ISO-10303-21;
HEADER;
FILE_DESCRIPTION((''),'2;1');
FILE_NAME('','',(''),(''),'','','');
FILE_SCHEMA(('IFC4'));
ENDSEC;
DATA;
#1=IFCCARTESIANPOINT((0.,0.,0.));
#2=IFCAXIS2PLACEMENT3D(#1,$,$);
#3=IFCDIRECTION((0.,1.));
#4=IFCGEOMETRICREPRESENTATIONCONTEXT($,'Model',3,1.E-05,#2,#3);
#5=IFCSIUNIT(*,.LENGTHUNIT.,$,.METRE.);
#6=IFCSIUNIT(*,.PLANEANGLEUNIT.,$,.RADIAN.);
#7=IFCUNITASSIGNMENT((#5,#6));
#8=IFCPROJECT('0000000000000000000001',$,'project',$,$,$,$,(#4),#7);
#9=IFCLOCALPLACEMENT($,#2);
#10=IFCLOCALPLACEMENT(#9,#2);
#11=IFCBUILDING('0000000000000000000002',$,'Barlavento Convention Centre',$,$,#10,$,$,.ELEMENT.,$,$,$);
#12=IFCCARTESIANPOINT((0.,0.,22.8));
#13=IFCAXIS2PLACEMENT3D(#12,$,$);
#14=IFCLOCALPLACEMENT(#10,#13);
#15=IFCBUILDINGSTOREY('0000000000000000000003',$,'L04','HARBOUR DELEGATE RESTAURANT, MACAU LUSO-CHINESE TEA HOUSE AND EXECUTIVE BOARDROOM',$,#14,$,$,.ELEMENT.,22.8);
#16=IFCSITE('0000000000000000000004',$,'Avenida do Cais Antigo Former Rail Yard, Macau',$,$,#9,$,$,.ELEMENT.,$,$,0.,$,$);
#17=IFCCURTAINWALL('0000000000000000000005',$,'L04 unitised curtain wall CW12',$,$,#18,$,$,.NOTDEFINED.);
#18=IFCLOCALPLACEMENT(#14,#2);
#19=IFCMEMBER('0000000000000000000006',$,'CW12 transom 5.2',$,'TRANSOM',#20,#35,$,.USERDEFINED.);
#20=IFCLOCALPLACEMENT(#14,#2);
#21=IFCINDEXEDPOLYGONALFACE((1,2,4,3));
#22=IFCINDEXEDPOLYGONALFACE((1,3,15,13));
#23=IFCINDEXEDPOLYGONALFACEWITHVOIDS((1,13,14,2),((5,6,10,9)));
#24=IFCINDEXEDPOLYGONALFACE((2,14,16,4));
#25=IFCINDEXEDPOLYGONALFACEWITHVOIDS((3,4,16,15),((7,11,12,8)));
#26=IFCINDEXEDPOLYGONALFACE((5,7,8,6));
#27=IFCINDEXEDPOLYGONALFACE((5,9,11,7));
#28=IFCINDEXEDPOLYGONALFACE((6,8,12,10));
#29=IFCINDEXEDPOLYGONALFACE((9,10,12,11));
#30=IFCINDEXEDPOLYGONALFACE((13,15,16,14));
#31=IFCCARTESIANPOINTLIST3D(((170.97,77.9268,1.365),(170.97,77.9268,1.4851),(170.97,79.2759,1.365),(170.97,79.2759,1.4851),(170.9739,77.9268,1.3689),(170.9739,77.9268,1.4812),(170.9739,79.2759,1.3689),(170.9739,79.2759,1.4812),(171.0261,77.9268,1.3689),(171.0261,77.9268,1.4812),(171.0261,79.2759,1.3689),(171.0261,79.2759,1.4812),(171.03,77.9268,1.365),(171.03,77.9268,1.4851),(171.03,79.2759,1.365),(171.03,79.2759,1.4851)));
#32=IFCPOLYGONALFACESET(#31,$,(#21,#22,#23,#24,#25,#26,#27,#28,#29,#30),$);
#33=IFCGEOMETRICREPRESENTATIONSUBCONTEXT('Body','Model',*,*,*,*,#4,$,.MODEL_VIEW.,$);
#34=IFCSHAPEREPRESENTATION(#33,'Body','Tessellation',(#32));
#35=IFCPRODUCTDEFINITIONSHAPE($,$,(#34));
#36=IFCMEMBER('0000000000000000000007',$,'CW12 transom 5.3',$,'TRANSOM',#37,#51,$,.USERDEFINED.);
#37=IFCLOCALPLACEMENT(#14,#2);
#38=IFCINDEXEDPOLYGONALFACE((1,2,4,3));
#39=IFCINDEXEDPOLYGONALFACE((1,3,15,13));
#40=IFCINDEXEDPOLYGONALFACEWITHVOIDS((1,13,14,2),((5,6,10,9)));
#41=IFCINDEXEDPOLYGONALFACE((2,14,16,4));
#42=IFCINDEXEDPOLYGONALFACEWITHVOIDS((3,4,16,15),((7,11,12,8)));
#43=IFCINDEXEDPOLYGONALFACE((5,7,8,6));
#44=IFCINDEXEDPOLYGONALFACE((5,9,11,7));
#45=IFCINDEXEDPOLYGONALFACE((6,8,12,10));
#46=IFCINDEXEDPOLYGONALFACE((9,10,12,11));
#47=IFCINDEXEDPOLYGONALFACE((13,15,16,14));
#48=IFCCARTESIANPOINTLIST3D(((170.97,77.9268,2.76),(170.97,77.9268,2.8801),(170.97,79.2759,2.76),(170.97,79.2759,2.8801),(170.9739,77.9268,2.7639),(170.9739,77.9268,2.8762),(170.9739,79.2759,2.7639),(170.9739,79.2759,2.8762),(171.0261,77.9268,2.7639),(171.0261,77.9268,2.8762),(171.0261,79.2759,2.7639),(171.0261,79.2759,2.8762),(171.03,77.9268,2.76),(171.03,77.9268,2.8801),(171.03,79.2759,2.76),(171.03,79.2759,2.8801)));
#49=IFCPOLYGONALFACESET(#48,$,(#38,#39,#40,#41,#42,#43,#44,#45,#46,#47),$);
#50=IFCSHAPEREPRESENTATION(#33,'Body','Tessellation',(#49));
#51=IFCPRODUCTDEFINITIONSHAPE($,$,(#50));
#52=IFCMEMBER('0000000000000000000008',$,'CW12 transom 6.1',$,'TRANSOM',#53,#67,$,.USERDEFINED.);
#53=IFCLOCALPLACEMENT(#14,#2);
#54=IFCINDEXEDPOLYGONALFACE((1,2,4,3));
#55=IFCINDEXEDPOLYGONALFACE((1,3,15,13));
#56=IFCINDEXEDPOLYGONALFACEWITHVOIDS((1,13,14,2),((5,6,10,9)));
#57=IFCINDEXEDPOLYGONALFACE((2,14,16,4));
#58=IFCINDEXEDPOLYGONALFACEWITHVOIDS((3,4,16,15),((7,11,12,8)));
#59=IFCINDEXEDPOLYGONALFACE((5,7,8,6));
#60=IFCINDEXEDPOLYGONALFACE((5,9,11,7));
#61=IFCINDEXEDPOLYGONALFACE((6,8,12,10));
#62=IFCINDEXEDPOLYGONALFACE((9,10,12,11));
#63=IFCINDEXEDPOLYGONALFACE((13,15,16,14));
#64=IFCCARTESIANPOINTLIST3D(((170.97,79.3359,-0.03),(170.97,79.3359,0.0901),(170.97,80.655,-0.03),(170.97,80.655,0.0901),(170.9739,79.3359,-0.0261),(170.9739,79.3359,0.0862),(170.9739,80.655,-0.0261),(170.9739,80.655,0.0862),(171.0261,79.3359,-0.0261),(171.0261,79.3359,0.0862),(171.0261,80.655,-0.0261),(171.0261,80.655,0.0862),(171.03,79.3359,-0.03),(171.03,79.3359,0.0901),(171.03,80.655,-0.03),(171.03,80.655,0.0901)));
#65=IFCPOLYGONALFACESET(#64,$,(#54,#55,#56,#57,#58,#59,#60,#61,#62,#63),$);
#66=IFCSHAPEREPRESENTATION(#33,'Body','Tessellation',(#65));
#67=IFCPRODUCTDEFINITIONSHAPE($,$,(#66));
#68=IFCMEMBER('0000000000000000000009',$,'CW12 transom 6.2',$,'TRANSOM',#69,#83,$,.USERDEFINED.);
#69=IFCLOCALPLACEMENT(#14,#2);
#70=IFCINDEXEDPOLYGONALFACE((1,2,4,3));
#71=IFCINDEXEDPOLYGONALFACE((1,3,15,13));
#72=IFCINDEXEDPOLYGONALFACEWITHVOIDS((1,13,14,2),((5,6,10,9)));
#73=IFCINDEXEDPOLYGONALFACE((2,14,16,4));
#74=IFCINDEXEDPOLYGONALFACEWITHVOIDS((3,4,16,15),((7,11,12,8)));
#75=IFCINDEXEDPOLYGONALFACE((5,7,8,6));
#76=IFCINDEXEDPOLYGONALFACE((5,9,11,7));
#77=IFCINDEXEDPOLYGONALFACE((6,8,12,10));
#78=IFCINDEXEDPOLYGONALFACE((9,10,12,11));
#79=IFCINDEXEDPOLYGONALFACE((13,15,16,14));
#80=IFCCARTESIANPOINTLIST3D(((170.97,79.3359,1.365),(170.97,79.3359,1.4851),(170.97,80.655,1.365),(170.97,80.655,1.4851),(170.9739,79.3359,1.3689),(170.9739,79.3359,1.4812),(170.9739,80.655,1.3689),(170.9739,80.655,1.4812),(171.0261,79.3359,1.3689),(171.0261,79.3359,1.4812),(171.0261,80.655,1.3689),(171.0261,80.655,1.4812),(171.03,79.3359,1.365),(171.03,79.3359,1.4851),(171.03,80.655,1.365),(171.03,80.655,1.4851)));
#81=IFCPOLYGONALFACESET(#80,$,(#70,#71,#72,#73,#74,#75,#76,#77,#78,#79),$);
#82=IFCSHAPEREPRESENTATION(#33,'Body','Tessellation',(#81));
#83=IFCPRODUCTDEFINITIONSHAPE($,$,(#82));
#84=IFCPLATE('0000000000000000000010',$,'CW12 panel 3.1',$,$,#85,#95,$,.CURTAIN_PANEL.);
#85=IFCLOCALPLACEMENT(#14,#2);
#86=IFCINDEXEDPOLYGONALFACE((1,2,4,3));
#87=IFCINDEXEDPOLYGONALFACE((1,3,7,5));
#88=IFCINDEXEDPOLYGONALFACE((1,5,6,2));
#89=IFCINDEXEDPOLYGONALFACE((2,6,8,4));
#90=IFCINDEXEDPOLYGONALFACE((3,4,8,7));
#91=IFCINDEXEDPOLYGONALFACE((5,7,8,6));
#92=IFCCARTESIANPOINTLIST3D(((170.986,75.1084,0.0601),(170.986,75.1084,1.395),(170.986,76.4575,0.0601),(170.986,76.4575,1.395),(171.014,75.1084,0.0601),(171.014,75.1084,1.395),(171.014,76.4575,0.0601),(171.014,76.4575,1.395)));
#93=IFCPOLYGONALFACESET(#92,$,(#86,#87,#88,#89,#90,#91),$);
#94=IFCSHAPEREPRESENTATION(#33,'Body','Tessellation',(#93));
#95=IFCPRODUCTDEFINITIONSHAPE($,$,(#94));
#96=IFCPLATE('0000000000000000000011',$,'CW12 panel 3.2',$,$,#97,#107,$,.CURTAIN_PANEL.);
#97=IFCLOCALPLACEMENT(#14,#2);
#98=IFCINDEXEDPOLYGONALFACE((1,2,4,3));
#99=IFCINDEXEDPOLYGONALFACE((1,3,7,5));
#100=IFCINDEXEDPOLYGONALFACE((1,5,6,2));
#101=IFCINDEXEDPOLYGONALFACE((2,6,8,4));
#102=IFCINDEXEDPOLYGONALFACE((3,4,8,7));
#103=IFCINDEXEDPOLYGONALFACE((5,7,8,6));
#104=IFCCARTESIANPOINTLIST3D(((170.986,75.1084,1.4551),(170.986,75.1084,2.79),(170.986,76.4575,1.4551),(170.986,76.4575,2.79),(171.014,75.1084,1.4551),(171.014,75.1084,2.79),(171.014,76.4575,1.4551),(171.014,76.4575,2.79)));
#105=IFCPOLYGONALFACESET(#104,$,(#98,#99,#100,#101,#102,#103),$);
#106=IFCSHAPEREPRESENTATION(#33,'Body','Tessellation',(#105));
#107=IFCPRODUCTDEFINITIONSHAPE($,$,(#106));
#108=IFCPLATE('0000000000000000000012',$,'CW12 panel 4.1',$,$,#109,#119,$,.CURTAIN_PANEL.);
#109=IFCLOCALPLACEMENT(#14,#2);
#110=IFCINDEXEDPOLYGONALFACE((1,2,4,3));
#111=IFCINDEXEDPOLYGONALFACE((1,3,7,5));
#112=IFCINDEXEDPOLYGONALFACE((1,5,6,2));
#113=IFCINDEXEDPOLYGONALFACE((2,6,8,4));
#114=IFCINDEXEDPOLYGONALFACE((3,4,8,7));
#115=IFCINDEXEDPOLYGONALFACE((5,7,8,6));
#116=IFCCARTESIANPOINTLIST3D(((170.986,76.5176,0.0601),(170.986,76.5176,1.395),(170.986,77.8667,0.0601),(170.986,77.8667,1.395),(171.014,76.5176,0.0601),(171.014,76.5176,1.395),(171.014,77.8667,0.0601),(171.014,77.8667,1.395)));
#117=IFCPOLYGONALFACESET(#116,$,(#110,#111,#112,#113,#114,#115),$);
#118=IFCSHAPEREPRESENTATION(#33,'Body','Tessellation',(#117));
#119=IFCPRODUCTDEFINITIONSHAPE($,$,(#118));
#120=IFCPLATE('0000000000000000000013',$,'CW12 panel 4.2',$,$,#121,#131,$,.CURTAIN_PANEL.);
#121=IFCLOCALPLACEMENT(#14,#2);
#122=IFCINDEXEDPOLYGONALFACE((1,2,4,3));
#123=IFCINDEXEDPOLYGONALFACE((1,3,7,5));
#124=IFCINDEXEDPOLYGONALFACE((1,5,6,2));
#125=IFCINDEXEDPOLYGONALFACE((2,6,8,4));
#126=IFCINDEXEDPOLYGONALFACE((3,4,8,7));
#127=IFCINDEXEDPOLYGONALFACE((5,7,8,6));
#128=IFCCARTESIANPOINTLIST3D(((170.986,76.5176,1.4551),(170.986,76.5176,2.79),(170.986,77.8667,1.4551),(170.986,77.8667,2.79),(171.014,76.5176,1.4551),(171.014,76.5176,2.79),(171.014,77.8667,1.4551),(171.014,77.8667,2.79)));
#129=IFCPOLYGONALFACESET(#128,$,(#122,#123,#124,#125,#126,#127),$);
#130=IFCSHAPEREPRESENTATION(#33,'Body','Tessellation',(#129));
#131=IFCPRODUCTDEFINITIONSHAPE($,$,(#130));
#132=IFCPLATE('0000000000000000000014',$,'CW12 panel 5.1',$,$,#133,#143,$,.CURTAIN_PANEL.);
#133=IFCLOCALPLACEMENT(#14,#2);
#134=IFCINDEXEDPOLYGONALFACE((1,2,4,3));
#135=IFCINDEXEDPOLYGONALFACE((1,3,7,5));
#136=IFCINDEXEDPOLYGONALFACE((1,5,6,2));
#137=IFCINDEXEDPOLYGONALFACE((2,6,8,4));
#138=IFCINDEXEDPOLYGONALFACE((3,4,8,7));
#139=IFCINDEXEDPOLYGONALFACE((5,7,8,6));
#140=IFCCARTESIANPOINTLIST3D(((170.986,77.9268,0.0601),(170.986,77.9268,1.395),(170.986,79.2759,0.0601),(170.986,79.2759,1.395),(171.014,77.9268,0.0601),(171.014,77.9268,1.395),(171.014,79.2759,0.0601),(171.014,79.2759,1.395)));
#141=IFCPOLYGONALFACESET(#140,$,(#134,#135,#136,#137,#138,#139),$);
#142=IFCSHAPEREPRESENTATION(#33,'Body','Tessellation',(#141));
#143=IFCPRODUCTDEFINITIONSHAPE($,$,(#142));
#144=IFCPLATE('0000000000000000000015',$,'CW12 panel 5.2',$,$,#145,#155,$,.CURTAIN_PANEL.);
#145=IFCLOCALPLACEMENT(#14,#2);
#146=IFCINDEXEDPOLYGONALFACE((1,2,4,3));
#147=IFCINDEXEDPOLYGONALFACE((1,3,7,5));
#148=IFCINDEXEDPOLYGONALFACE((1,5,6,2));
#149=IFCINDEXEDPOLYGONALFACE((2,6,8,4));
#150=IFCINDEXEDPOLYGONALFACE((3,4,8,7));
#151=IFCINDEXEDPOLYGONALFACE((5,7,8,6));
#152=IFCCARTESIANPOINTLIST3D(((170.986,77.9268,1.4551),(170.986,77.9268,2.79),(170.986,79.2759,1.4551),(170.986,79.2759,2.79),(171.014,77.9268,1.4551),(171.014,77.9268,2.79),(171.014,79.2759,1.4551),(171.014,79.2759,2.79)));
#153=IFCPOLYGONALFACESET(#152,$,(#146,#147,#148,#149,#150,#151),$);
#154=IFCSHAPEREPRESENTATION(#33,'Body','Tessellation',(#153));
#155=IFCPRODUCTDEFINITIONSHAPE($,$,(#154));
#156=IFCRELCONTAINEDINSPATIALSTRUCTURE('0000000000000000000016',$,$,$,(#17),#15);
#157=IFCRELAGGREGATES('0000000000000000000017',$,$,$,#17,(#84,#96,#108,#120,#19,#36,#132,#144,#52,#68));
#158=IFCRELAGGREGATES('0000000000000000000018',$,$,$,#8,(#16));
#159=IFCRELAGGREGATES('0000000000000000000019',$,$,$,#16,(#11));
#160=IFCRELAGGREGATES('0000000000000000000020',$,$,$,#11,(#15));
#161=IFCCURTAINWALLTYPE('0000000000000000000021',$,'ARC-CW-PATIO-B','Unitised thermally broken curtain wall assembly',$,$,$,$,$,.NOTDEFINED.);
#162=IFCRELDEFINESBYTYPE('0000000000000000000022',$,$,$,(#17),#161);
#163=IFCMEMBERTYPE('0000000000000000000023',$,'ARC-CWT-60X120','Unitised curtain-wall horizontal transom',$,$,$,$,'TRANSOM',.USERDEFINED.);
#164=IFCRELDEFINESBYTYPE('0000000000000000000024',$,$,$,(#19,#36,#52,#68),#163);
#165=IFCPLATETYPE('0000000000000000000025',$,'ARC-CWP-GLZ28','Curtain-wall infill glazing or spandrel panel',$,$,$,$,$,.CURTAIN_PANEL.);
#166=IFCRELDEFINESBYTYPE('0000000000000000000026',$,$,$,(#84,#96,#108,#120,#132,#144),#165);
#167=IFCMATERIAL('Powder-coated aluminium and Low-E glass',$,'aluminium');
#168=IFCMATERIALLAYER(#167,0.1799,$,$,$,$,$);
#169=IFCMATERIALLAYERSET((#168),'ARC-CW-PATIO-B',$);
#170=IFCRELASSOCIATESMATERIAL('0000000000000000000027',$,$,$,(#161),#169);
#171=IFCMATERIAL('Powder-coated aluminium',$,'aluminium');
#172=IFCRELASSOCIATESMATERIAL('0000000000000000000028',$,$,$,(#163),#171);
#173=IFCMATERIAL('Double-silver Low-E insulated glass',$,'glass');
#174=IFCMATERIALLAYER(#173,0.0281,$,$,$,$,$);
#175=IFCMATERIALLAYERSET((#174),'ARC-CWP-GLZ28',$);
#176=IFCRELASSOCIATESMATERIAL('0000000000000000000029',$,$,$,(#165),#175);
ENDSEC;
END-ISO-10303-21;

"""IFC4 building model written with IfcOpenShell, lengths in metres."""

from ifc_helpers import new_model, si_unit, direction, frame, origin, origin_2d, place, context, subcontext, project, spatial, rectangle, hollow_rectangle, extrude, material, layer, layer_set, material_profile, profile_set, type_object, element, aggregate, save


model = new_model("IFC4")

# Units and contexts
model_context = context("Model", 3, precision=1e-05, world=origin(), true_north=direction((0.0, 1.0)))
body_context = subcontext(model_context, "Body", "Model", "MODEL_VIEW")
ifc_project = project(units=[si_unit("LENGTHUNIT", "METRE"), si_unit("PLANEANGLEUNIT", "RADIAN")], contexts=[model_context])

# Site, building, storey
site_placement = place(None, origin())
site = spatial("IfcSite", under=ifc_project, at=site_placement, Name="Avenida do Cais Antigo Former Rail Yard, Macau", CompositionType="ELEMENT", RefElevation=0.0)
building_placement = place(site_placement, origin())
building = spatial("IfcBuilding", under=site, at=building_placement, Name="Barlavento Convention Centre", CompositionType="ELEMENT")
storey_placement = place(building_placement, frame((0.0, 0.0, 22.8)))
storey = spatial("IfcBuildingStorey", under=building, at=storey_placement, Name="L04", Description="HARBOUR DELEGATE RESTAURANT, MACAU LUSO-CHINESE TEA HOUSE AND EXECUTIVE BOARDROOM", CompositionType="ELEMENT", Elevation=22.8)

# Curtain wall, members, plates
ifc_material_1 = material(Name="Powder-coated aluminium and Low-E glass", Category="aluminium")
ifc_layer_1 = layer(ifc_material_1, 0.1799)
ifc_layer_set_1 = layer_set([ifc_layer_1], Name="ARC-CW-PATIO-B")
curtain_wall_type = type_object("IfcCurtainWallType", Name="ARC-CW-PATIO-B", Description="Unitised thermally broken curtain wall assembly", PredefinedType="NOTDEFINED", material=ifc_layer_set_1)
curtain_wall_placement = place(storey_placement, origin())
curtain_wall = element("IfcCurtainWall", 1, at=curtain_wall_placement, inside=storey, type_object=curtain_wall_type, Name="L04 unitised curtain wall CW12", PredefinedType="NOTDEFINED")
ifc_material_2 = material(Name="Powder-coated aluminium", Category="aluminium")
ifc_material_profile_1 = material_profile(ifc_material_2, hollow_rectangle(XDim=0.0601, YDim=0.1201, WallThickness=0.0039, at=origin_2d()), Name="AL-TRAN 60x120x4")
ifc_profile_set_1 = profile_set([ifc_material_profile_1], Name="Powder-coated aluminium")
member_type_1 = type_object("IfcMemberType", Name="ARC-CWT-60X120", Description="Unitised curtain-wall horizontal transom", ElementType="TRANSOM", PredefinedType="USERDEFINED", material=ifc_profile_set_1)
member_1_placement = place(storey_placement, frame((171.0, 77.9268, 1.425), z_axis=(0.0, 1.0, 0.0), x_axis=(-1.0, 0.0, 0.0)))
member_1 = element("IfcMember", 2, at=member_1_placement, type_object=member_type_1, Name="CW12 transom 5.2", ObjectType="TRANSOM", PredefinedType="USERDEFINED", context=body_context, shape_type="SweptSolid", body=[
    extrude(hollow_rectangle(XDim=0.0601, YDim=0.1201, WallThickness=0.0039, at=origin_2d()), origin(), (0.0, 0.0, 1.0), 1.3491),
])
member_2_placement = place(storey_placement, frame((171.0, 77.9268, 2.8201), z_axis=(0.0, 1.0, 0.0), x_axis=(-1.0, 0.0, 0.0)))
member_2 = element("IfcMember", 3, at=member_2_placement, type_object=member_type_1, Name="CW12 transom 5.3", ObjectType="TRANSOM", PredefinedType="USERDEFINED", context=body_context, shape_type="SweptSolid", body=[
    extrude(hollow_rectangle(XDim=0.0601, YDim=0.1201, WallThickness=0.0039, at=origin_2d()), origin(), (0.0, 0.0, 1.0), 1.3491),
])
member_3_placement = place(storey_placement, frame((171.0, 79.3359, 0.03), z_axis=(0.0, 1.0, 0.0), x_axis=(-1.0, 0.0, 0.0)))
member_3 = element("IfcMember", 4, at=member_3_placement, type_object=member_type_1, Name="CW12 transom 6.1", ObjectType="TRANSOM", PredefinedType="USERDEFINED", context=body_context, shape_type="SweptSolid", body=[
    extrude(hollow_rectangle(XDim=0.0601, YDim=0.1201, WallThickness=0.0039, at=origin_2d()), origin(), (0.0, 0.0, 1.0), 1.3191),
])
member_4_placement = place(storey_placement, frame((171.0, 79.3359, 1.425), z_axis=(0.0, 1.0, 0.0), x_axis=(-1.0, 0.0, 0.0)))
member_4 = element("IfcMember", 5, at=member_4_placement, type_object=member_type_1, Name="CW12 transom 6.2", ObjectType="TRANSOM", PredefinedType="USERDEFINED", context=body_context, shape_type="SweptSolid", body=[
    extrude(hollow_rectangle(XDim=0.0601, YDim=0.1201, WallThickness=0.0039, at=origin_2d()), origin(), (0.0, 0.0, 1.0), 1.3191),
])
ifc_material_3 = material(Name="Double-silver Low-E insulated glass", Category="glass")
ifc_layer_2 = layer(ifc_material_3, 0.0281)
ifc_layer_set_2 = layer_set([ifc_layer_2], Name="ARC-CWP-GLZ28")
plate_type = type_object("IfcPlateType", Name="ARC-CWP-GLZ28", Description="Curtain-wall infill glazing or spandrel panel", PredefinedType="CURTAIN_PANEL", material=ifc_layer_set_2)
plate_1_placement = place(storey_placement, frame((171.0, 75.783, 0.0601), z_axis=(0.0, 0.0, 1.0), x_axis=(0.0, 1.0, 0.0)))
plate_1 = element("IfcPlate", 6, at=plate_1_placement, type_object=plate_type, Name="CW12 panel 3.1", PredefinedType="CURTAIN_PANEL", context=body_context, shape_type="SweptSolid", body=[
    extrude(rectangle(XDim=1.3491, YDim=0.0281, at=origin_2d()), origin(), (0.0, 0.0, 1.0), 1.335),
])
plate_2_placement = place(storey_placement, frame((171.0, 75.783, 1.4551), z_axis=(0.0, 0.0, 1.0), x_axis=(0.0, 1.0, 0.0)))
plate_2 = element("IfcPlate", 7, at=plate_2_placement, type_object=plate_type, Name="CW12 panel 3.2", PredefinedType="CURTAIN_PANEL", context=body_context, shape_type="SweptSolid", body=[
    extrude(rectangle(XDim=1.3491, YDim=0.0281, at=origin_2d()), origin(), (0.0, 0.0, 1.0), 1.335),
])
plate_3_placement = place(storey_placement, frame((171.0, 77.1921, 0.0601), z_axis=(0.0, 0.0, 1.0), x_axis=(0.0, 1.0, 0.0)))
plate_3 = element("IfcPlate", 8, at=plate_3_placement, type_object=plate_type, Name="CW12 panel 4.1", PredefinedType="CURTAIN_PANEL", context=body_context, shape_type="SweptSolid", body=[
    extrude(rectangle(XDim=1.3491, YDim=0.0281, at=origin_2d()), origin(), (0.0, 0.0, 1.0), 1.335),
])
plate_4_placement = place(storey_placement, frame((171.0, 77.1921, 1.4551), z_axis=(0.0, 0.0, 1.0), x_axis=(0.0, 1.0, 0.0)))
plate_4 = element("IfcPlate", 9, at=plate_4_placement, type_object=plate_type, Name="CW12 panel 4.2", PredefinedType="CURTAIN_PANEL", context=body_context, shape_type="SweptSolid", body=[
    extrude(rectangle(XDim=1.3491, YDim=0.0281, at=origin_2d()), origin(), (0.0, 0.0, 1.0), 1.335),
])
plate_5_placement = place(storey_placement, frame((171.0, 78.6013, 0.0601), z_axis=(0.0, 0.0, 1.0), x_axis=(0.0, 1.0, 0.0)))
plate_5 = element("IfcPlate", 10, at=plate_5_placement, type_object=plate_type, Name="CW12 panel 5.1", PredefinedType="CURTAIN_PANEL", context=body_context, shape_type="SweptSolid", body=[
    extrude(rectangle(XDim=1.3491, YDim=0.0281, at=origin_2d()), origin(), (0.0, 0.0, 1.0), 1.335),
])
plate_6_placement = place(storey_placement, frame((171.0, 78.6013, 1.4551), z_axis=(0.0, 0.0, 1.0), x_axis=(0.0, 1.0, 0.0)))
plate_6 = element("IfcPlate", 11, at=plate_6_placement, type_object=plate_type, Name="CW12 panel 5.2", PredefinedType="CURTAIN_PANEL", context=body_context, shape_type="SweptSolid", body=[
    extrude(rectangle(XDim=1.3491, YDim=0.0281, at=origin_2d()), origin(), (0.0, 0.0, 1.0), 1.335),
])
aggregate(curtain_wall, [plate_1, plate_2, plate_3, plate_4, member_1, member_2, plate_5, plate_6, member_3, member_4])

save(model, "model.ifc")
